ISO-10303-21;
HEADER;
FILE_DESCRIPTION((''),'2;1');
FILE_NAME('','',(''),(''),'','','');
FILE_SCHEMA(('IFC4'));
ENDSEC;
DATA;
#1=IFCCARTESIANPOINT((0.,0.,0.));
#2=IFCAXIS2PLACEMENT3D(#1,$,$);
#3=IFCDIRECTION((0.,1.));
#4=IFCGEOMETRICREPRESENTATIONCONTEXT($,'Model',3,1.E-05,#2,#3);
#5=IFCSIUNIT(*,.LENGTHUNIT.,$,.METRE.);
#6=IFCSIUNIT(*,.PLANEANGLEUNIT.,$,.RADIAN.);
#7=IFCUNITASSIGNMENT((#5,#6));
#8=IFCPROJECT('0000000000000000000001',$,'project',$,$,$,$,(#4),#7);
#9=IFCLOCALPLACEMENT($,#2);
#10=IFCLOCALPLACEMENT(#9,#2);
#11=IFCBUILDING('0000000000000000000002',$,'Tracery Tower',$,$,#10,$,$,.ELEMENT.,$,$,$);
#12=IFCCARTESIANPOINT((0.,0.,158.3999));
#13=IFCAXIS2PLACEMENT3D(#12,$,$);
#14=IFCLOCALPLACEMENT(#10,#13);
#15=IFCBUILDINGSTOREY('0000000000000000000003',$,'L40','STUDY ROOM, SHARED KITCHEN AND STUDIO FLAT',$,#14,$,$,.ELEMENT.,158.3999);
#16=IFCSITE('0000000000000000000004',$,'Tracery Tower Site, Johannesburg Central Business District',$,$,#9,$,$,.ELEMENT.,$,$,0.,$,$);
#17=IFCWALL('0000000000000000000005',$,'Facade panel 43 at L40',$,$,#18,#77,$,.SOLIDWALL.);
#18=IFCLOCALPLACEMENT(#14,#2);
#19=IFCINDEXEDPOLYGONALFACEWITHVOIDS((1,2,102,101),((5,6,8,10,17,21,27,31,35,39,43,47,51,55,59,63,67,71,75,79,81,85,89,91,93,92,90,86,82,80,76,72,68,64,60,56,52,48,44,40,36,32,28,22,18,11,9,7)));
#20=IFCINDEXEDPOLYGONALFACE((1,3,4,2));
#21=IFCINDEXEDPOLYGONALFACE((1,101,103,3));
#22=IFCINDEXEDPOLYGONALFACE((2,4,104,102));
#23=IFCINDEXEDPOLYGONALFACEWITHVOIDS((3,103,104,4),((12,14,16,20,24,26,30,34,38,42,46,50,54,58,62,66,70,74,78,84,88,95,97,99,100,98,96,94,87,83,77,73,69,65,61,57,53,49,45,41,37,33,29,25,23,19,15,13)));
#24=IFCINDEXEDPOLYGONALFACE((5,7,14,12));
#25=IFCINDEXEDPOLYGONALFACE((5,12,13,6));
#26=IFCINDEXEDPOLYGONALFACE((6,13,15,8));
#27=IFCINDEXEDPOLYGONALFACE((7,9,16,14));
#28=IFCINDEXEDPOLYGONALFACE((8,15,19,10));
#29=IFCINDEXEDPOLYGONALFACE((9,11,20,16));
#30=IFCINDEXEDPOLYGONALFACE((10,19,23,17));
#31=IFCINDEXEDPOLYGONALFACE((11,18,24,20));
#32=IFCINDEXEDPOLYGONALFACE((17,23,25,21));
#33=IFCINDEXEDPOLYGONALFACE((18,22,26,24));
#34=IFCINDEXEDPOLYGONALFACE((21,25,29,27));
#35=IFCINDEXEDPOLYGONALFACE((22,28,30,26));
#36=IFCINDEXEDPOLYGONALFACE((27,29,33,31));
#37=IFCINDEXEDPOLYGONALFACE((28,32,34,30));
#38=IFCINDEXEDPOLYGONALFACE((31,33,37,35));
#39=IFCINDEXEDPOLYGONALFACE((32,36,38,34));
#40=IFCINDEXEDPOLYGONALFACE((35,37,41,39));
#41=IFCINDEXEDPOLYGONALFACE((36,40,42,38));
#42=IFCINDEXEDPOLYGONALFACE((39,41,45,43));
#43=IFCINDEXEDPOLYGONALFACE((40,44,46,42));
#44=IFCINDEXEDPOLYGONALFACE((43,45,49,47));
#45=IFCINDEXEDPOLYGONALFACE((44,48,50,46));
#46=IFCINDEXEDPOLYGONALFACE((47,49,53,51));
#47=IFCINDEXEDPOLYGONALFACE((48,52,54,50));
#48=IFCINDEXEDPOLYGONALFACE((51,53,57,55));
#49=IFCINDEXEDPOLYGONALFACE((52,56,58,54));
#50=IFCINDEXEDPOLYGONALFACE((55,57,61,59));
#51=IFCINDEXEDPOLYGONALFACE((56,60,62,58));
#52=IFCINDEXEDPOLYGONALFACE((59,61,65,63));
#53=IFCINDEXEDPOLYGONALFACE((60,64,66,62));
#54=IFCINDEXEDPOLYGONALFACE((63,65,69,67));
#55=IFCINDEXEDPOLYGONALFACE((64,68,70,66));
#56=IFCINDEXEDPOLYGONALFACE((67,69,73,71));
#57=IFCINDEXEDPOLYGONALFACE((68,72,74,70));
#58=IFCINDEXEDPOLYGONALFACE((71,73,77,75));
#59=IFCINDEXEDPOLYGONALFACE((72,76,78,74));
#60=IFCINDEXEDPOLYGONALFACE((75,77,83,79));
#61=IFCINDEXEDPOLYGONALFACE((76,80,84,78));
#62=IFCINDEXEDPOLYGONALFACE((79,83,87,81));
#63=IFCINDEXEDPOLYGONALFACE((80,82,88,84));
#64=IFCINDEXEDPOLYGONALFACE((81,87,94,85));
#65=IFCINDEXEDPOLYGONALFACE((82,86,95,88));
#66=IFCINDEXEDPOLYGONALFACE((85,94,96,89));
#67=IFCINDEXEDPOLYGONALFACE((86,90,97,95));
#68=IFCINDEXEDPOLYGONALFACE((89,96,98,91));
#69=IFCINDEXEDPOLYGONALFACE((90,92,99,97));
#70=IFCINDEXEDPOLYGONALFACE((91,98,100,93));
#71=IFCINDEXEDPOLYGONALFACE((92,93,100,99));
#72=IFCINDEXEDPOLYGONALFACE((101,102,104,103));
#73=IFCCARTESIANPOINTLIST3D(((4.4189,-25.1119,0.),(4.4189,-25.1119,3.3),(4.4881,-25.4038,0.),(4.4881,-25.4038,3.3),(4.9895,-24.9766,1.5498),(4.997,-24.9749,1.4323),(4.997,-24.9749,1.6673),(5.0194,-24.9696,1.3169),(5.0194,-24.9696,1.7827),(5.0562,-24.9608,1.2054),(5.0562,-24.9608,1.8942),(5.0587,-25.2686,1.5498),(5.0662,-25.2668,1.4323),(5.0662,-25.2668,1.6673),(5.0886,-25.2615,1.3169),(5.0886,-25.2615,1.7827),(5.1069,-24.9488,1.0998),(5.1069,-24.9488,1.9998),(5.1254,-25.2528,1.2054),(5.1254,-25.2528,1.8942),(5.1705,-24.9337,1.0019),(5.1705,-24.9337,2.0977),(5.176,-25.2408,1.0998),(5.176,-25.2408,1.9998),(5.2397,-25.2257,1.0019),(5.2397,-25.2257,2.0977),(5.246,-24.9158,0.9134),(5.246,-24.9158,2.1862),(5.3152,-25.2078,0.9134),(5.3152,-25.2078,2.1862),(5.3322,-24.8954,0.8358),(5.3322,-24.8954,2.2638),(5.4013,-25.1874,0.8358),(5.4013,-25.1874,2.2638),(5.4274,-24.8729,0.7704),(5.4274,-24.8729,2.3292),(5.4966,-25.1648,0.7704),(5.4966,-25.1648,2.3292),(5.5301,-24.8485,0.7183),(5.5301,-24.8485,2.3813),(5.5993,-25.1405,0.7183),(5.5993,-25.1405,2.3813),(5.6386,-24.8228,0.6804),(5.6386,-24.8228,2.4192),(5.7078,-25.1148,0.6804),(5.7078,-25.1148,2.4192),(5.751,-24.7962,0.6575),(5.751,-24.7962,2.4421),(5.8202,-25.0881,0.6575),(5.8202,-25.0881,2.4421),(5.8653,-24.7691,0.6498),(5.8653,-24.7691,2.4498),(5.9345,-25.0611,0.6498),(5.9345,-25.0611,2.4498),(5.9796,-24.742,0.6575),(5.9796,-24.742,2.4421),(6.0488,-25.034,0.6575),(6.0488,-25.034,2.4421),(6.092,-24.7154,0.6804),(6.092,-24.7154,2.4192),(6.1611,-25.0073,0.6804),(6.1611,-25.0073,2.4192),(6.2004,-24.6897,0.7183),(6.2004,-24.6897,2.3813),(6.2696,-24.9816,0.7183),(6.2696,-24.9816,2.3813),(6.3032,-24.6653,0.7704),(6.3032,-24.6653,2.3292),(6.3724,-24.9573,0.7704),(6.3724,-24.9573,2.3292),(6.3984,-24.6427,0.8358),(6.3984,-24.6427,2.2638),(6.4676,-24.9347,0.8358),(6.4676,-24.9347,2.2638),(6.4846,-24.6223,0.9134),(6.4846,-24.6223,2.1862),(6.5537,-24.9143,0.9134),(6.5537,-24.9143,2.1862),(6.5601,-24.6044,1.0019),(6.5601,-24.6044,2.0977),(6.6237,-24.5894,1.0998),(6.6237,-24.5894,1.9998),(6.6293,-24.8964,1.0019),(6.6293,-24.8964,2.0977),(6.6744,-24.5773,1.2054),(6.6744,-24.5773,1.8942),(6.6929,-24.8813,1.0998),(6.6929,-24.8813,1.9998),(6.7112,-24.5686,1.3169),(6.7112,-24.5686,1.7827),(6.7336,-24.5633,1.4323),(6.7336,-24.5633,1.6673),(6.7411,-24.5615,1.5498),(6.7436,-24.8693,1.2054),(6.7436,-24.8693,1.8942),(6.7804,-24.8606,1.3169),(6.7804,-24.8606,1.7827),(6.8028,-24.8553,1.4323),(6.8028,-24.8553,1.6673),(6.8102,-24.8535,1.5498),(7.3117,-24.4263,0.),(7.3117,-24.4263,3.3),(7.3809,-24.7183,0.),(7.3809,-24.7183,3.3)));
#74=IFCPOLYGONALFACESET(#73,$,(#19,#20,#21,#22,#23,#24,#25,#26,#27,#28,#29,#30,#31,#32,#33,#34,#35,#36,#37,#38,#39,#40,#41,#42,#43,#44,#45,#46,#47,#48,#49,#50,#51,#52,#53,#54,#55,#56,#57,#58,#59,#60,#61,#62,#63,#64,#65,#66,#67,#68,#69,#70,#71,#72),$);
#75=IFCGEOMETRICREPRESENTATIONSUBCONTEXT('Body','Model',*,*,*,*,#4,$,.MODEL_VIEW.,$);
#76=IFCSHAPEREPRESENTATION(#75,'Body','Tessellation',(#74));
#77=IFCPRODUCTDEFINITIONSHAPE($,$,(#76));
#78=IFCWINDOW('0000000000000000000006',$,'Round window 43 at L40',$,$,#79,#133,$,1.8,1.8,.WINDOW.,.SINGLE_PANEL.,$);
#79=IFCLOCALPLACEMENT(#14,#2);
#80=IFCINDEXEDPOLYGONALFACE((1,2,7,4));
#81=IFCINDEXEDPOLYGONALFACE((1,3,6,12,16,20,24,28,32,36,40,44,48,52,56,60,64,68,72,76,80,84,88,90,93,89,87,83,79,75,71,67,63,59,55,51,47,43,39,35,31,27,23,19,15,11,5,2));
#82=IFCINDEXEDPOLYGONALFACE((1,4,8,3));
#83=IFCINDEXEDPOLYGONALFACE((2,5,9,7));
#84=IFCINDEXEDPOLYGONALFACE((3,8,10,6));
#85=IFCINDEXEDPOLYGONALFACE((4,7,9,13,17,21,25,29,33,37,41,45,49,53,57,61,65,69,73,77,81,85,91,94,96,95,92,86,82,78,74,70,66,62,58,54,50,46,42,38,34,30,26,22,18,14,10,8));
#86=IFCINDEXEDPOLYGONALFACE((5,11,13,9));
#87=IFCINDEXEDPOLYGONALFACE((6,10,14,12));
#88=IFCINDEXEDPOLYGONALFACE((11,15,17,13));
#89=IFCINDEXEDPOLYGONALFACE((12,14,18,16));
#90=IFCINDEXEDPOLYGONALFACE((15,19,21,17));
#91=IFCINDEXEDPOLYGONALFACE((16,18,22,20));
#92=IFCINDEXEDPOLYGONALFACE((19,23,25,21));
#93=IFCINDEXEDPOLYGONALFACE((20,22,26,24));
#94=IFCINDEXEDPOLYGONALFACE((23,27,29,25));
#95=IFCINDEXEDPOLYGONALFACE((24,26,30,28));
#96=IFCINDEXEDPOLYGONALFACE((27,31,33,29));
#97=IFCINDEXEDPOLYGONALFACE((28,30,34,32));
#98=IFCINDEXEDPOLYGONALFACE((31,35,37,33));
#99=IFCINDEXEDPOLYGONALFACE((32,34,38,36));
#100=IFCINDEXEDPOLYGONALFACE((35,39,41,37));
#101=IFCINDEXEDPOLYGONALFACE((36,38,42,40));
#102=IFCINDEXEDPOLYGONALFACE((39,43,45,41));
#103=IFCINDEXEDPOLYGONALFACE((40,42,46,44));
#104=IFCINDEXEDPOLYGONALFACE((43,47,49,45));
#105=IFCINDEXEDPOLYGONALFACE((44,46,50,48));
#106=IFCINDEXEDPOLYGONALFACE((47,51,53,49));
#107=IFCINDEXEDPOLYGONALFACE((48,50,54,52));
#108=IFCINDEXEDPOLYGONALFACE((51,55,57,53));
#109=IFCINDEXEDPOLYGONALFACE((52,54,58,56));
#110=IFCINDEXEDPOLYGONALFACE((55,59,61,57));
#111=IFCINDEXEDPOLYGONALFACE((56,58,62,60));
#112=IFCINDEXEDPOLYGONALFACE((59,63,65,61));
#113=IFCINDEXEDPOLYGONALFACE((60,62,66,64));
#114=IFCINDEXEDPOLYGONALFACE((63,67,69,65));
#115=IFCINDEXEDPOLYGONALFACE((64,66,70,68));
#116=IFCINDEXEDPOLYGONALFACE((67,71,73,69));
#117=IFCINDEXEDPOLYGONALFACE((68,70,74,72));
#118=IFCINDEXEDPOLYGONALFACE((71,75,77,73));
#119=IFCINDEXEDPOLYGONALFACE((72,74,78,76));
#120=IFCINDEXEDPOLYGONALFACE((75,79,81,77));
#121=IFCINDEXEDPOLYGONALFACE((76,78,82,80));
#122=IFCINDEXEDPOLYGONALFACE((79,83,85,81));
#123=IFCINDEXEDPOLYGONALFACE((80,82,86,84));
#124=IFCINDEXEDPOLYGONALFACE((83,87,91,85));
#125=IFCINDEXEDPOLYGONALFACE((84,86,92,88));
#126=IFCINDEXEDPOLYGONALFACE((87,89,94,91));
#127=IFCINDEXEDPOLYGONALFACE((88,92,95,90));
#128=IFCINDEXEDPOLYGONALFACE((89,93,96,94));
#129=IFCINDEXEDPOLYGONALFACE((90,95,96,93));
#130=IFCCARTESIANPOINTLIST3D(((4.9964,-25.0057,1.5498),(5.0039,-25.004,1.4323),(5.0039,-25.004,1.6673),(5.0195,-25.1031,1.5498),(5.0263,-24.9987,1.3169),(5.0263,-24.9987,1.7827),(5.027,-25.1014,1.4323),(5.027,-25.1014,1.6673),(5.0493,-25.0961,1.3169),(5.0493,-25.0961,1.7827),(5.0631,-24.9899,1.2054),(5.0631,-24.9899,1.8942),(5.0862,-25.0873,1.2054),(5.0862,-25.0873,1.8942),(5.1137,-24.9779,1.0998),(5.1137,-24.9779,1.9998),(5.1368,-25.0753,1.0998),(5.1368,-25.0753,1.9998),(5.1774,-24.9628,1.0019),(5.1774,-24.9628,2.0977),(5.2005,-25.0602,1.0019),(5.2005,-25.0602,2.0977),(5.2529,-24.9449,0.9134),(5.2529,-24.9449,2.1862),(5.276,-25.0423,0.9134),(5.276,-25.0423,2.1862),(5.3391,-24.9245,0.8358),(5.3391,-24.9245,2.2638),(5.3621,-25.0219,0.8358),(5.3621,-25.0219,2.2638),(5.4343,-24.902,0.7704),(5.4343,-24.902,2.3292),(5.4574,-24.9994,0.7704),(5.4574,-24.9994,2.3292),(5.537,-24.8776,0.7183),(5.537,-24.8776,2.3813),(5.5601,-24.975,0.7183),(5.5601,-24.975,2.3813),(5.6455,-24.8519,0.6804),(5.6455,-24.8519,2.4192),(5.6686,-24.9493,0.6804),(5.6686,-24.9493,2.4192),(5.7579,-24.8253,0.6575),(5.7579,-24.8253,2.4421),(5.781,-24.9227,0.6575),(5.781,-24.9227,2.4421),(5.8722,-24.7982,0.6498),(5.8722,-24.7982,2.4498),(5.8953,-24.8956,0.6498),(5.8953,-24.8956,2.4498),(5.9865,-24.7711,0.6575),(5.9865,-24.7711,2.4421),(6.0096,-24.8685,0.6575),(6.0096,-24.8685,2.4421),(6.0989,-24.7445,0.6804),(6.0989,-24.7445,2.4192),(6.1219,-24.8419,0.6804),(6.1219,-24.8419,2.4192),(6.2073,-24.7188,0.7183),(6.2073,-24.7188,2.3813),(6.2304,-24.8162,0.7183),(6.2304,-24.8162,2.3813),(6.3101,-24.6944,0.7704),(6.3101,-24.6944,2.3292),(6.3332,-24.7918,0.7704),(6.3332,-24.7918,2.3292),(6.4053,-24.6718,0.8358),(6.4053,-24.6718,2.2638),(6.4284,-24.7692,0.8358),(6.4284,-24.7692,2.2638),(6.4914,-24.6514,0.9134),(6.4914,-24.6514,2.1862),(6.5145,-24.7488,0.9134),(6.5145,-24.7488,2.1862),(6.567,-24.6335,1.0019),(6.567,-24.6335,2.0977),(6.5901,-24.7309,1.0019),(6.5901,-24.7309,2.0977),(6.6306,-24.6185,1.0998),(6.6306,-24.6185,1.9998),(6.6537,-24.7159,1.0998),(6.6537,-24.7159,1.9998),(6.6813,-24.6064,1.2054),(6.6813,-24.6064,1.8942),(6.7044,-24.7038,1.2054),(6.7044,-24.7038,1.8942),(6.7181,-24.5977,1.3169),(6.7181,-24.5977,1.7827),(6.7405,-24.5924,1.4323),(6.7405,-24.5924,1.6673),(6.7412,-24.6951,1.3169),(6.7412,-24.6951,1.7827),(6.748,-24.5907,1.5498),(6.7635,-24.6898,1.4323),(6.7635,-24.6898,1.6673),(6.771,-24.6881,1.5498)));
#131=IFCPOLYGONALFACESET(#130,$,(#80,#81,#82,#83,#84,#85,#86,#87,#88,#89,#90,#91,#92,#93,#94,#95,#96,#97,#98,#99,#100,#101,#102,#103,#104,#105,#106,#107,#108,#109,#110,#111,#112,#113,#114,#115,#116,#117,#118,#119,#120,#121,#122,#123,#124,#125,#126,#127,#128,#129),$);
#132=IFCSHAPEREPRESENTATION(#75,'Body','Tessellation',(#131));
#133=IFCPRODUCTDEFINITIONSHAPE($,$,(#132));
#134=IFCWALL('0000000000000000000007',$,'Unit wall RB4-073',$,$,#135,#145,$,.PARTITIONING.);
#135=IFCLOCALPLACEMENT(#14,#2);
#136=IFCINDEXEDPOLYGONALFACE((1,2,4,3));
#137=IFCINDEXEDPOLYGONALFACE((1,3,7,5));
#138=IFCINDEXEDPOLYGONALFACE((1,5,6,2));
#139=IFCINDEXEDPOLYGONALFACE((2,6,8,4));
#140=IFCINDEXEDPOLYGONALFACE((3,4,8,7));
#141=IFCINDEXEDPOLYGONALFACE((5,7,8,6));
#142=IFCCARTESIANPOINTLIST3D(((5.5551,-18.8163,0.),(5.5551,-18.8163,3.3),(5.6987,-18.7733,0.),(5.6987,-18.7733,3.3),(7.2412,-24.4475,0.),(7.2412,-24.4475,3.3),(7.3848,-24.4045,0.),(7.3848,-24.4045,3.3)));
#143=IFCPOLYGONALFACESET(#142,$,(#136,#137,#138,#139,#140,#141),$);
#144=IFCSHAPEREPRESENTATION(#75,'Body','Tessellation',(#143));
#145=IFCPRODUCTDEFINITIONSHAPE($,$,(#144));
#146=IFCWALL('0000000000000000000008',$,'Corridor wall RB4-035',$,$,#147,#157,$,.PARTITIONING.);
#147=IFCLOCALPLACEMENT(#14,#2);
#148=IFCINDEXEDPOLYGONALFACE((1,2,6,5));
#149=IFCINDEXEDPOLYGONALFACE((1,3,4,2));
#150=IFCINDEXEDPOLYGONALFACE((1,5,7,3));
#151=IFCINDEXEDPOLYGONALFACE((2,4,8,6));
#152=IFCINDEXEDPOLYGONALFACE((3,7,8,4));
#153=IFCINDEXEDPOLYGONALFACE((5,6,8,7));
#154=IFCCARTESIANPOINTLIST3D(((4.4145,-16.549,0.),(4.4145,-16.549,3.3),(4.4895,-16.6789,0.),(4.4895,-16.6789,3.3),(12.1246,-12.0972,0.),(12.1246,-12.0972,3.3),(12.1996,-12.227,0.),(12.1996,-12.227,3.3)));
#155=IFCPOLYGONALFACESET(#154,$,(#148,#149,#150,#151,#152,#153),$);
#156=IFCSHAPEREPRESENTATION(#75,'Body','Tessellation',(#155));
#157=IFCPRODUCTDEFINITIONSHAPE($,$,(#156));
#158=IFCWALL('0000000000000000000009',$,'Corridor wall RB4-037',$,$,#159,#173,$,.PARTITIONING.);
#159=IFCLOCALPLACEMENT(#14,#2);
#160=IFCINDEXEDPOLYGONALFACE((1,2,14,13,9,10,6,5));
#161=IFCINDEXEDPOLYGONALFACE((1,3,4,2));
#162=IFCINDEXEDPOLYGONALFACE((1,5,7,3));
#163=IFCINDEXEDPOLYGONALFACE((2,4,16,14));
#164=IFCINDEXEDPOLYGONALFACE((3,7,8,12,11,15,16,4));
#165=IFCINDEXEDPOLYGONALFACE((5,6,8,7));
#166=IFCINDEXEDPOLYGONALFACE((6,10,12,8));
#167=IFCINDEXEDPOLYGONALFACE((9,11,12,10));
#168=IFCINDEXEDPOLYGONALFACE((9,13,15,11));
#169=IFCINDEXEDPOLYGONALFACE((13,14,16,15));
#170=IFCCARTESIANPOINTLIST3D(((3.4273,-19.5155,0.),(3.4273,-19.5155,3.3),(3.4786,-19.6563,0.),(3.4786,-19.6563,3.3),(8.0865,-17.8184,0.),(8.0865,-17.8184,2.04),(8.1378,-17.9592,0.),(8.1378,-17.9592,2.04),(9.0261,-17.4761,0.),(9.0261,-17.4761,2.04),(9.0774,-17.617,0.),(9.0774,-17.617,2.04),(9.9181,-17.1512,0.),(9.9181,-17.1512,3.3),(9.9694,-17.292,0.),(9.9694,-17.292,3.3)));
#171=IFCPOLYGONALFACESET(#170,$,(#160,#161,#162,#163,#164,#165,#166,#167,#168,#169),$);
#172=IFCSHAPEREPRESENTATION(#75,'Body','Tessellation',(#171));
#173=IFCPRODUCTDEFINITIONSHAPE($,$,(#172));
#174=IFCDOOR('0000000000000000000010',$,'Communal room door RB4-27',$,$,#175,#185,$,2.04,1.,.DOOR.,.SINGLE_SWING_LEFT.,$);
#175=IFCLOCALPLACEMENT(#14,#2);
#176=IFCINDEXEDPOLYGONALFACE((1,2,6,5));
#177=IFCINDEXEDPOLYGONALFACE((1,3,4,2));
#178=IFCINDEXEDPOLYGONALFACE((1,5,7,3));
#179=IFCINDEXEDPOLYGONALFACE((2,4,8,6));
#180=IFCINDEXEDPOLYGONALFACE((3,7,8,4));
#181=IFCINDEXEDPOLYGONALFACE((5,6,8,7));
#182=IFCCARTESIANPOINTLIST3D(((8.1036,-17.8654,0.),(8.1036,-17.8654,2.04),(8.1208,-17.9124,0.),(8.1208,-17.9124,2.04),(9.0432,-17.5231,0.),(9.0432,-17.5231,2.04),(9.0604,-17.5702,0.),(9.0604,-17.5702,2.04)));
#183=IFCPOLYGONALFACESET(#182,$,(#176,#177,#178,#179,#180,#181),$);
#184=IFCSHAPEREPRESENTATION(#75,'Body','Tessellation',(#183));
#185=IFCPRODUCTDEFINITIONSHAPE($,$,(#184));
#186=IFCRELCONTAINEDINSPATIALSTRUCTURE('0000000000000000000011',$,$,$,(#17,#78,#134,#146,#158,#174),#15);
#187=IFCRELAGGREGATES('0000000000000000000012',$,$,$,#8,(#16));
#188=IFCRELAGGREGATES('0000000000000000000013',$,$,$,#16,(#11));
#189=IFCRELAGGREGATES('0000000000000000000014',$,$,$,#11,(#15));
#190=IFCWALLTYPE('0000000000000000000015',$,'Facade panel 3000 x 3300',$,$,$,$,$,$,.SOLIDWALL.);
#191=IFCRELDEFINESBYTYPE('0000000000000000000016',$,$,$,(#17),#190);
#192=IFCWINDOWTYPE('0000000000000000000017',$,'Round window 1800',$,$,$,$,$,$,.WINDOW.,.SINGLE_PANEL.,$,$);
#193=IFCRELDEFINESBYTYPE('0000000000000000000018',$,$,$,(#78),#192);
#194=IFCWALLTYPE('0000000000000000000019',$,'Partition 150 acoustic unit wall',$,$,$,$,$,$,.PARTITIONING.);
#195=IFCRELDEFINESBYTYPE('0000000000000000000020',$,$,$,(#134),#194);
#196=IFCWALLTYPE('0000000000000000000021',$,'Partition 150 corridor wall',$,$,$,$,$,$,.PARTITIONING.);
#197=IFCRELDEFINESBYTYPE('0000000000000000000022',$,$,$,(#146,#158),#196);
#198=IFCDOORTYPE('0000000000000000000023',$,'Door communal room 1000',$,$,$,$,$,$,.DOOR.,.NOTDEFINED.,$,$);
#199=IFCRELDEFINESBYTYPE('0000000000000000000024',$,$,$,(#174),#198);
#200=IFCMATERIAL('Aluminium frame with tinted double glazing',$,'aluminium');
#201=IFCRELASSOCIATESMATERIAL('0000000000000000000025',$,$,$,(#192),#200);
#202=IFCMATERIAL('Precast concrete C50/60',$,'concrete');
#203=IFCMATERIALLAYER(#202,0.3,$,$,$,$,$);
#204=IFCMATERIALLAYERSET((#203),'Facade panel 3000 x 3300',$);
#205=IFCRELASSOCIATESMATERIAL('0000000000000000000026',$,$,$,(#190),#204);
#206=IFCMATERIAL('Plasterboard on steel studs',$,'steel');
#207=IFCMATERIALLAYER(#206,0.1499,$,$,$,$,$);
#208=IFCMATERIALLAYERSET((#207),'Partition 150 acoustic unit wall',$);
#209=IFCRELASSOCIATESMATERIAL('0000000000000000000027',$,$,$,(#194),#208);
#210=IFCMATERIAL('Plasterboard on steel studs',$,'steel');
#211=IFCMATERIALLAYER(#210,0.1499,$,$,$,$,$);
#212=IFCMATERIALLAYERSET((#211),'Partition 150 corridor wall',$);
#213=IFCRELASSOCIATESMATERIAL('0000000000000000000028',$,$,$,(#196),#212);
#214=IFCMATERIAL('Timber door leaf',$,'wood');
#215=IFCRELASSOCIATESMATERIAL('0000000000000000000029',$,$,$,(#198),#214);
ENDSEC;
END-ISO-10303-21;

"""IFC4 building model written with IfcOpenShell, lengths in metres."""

from ifc_helpers import new_model, si_unit, direction, frame, frame_2d, origin, origin_2d, place, context, subcontext, project, spatial, rectangle, circle, extrude, material, layer, layer_set, type_object, element, fill, save


model = new_model("IFC4")

# Units and contexts
model_context = context("Model", 3, precision=1e-05, world=origin(), true_north=direction((0.0, 1.0)))
body_context = subcontext(model_context, "Body", "Model", "MODEL_VIEW")
ifc_project = project(units=[si_unit("LENGTHUNIT", "METRE"), si_unit("PLANEANGLEUNIT", "RADIAN")], contexts=[model_context])

# Site, building, storey
site_placement = place(None, origin())
site = spatial("IfcSite", under=ifc_project, at=site_placement, Name="Tracery Tower Site, Johannesburg Central Business District", CompositionType="ELEMENT", RefElevation=0.0)
building_placement = place(site_placement, origin())
building = spatial("IfcBuilding", under=site, at=building_placement, Name="Tracery Tower", CompositionType="ELEMENT")
storey_placement = place(building_placement, frame((0.0, 0.0, 158.3999)))
storey = spatial("IfcBuildingStorey", under=building, at=storey_placement, Name="L40", Description="STUDY ROOM, SHARED KITCHEN AND STUDIO FLAT", CompositionType="ELEMENT", Elevation=158.3999)

# Wall, opening, window
ifc_material_1 = material(Name="Aluminium frame with tinted double glazing", Category="aluminium")
window_type = type_object("IfcWindowType", Name="Round window 1800", PartitioningType="SINGLE_PANEL", PredefinedType="WINDOW", material=ifc_material_1)
ifc_material_2 = material(Name="Precast concrete C50/60", Category="concrete")
ifc_layer_1 = layer(ifc_material_2, 0.3)
ifc_layer_set_1 = layer_set([ifc_layer_1], Name="Facade panel 3000 x 3300")
wall_type_1 = type_object("IfcWallType", Name="Facade panel 3000 x 3300", PredefinedType="SOLIDWALL", material=ifc_layer_set_1)
wall_1_placement = place(storey_placement, frame((4.4536, -25.2578, 0.0), z_axis=(0.0, 0.0, 1.0), x_axis=(0.97305, 0.230595, 0.0)))
wall_1 = element("IfcWall", 1, at=wall_1_placement, inside=storey, type_object=wall_type_1, Name="Facade panel 43 at L40", PredefinedType="SOLIDWALL", context=body_context, shape_type="SweptSolid", body=[
    extrude(rectangle(XDim=2.9729, YDim=0.3, at=frame_2d((1.4863, 0.0))), origin(), (0.0, 0.0, 1.0), 3.3),
])
opening_1_placement = place(wall_1_placement, frame((1.4863, 0.0, 1.5498)))
opening_1 = element("IfcOpeningElement", 2, at=opening_1_placement, cuts=wall_1, PredefinedType="OPENING", context=body_context, shape_type="SweptSolid", body=[
    extrude(circle(Radius=0.9, at=origin_2d()), frame((0.0, 0.1599, 0.0), z_axis=(0.0, -1.0, 0.0), x_axis=(1.0, 0.0, 0.0)), (0.0, 0.0, 1.0), 0.3201),
])
window_1_placement = place(opening_1_placement, origin())
window_1 = element("IfcWindow", 3, at=window_1_placement, inside=storey, type_object=window_type, Name="Round window 43 at L40", OverallHeight=1.8, OverallWidth=1.8, PartitioningType="SINGLE_PANEL", PredefinedType="WINDOW", context=body_context, shape_type="SweptSolid", body=[
    extrude(circle(Radius=0.9, at=origin_2d()), frame((0.0, 0.1201, 0.0), z_axis=(0.0, -1.0, 0.0), x_axis=(1.0, 0.0, 0.0)), (0.0, 0.0, 1.0), 0.1001),
])
fill(opening_1, window_1)

# Walls
ifc_material_3 = material(Name="Plasterboard on steel studs", Category="steel")
ifc_layer_2 = layer(ifc_material_3, 0.1499)
ifc_layer_set_2 = layer_set([ifc_layer_2], Name="Partition 150 acoustic unit wall")
wall_type_2 = type_object("IfcWallType", Name="Partition 150 acoustic unit wall", PredefinedType="PARTITIONING", material=ifc_layer_set_2)
wall_2_placement = place(storey_placement, frame((5.627, -18.7949, 0.0), z_axis=(0.0, 0.0, 1.0), x_axis=(0.286833, -0.95798, 0.0)))
element("IfcWall", 4, at=wall_2_placement, inside=storey, type_object=wall_type_2, Name="Unit wall RB4-073", PredefinedType="PARTITIONING", context=body_context, shape_type="SweptSolid", body=[
    extrude(rectangle(XDim=5.8782, YDim=0.1499, at=frame_2d((2.939, 0.0))), origin(), (0.0, 0.0, 1.0), 3.3),
])
ifc_material_4 = material(Name="Plasterboard on steel studs", Category="steel")
ifc_layer_3 = layer(ifc_material_4, 0.1499)
ifc_layer_set_3 = layer_set([ifc_layer_3], Name="Partition 150 corridor wall")
wall_type_3 = type_object("IfcWallType", Name="Partition 150 corridor wall", PredefinedType="PARTITIONING", material=ifc_layer_set_3)
wall_3_placement = place(storey_placement, frame((4.4519, -16.614, 0.0), z_axis=(0.0, 0.0, 1.0), x_axis=(0.866005, 0.500035, 0.0)))
element("IfcWall", 5, at=wall_3_placement, inside=storey, type_object=wall_type_3, Name="Corridor wall RB4-035", PredefinedType="PARTITIONING", context=body_context, shape_type="SweptSolid", body=[
    extrude(rectangle(XDim=8.9031, YDim=0.1499, at=frame_2d((4.4517, 0.0))), origin(), (0.0, 0.0, 1.0), 3.3),
])

# Wall, opening, door
wall_4_placement = place(storey_placement, frame((3.4529, -19.5859, 0.0), z_axis=(0.0, 0.0, 1.0), x_axis=(0.939608, 0.342254, 0.0)))
wall_4 = element("IfcWall", 6, at=wall_4_placement, inside=storey, type_object=wall_type_3, Name="Corridor wall RB4-037", PredefinedType="PARTITIONING", context=body_context, shape_type="SweptSolid", body=[
    extrude(rectangle(XDim=6.908, YDim=0.1499, at=frame_2d((3.4541, 0.0))), origin(), (0.0, 0.0, 1.0), 3.3),
])
opening_2_placement = place(wall_4_placement, frame((4.9587, 0.0, 0.0)))
opening_2 = element("IfcOpeningElement", 7, at=opening_2_placement, cuts=wall_4, PredefinedType="OPENING", context=body_context, shape_type="SweptSolid", body=[
    extrude(rectangle(XDim=1.0, YDim=2.04, at=frame_2d((0.5, 1.02))), frame((0.0, 0.075, 0.0), z_axis=(0.0, -1.0, 0.0), x_axis=(1.0, 0.0, 0.0)), (0.0, 0.0, 1.0), 0.1499),
])
ifc_material_5 = material(Name="Timber door leaf", Category="wood")
door_type_1 = type_object("IfcDoorType", Name="Door communal room 1000", OperationType="NOTDEFINED", PredefinedType="DOOR", material=ifc_material_5)
door_1_placement = place(opening_2_placement, origin())
door_1 = element("IfcDoor", 8, at=door_1_placement, inside=storey, type_object=door_type_1, Name="Communal room door RB4-27", OperationType="SINGLE_SWING_LEFT", OverallHeight=2.04, OverallWidth=1.0, PredefinedType="DOOR", context=body_context, shape_type="SweptSolid", body=[
    extrude(rectangle(XDim=1.0, YDim=2.04, at=frame_2d((0.5, 1.02))), frame((0.0, 0.0249, 0.0), z_axis=(0.0, -1.0, 0.0), x_axis=(1.0, 0.0, 0.0)), (0.0, 0.0, 1.0), 0.05),
])
fill(opening_2, door_1)

save(model, "model.ifc")
